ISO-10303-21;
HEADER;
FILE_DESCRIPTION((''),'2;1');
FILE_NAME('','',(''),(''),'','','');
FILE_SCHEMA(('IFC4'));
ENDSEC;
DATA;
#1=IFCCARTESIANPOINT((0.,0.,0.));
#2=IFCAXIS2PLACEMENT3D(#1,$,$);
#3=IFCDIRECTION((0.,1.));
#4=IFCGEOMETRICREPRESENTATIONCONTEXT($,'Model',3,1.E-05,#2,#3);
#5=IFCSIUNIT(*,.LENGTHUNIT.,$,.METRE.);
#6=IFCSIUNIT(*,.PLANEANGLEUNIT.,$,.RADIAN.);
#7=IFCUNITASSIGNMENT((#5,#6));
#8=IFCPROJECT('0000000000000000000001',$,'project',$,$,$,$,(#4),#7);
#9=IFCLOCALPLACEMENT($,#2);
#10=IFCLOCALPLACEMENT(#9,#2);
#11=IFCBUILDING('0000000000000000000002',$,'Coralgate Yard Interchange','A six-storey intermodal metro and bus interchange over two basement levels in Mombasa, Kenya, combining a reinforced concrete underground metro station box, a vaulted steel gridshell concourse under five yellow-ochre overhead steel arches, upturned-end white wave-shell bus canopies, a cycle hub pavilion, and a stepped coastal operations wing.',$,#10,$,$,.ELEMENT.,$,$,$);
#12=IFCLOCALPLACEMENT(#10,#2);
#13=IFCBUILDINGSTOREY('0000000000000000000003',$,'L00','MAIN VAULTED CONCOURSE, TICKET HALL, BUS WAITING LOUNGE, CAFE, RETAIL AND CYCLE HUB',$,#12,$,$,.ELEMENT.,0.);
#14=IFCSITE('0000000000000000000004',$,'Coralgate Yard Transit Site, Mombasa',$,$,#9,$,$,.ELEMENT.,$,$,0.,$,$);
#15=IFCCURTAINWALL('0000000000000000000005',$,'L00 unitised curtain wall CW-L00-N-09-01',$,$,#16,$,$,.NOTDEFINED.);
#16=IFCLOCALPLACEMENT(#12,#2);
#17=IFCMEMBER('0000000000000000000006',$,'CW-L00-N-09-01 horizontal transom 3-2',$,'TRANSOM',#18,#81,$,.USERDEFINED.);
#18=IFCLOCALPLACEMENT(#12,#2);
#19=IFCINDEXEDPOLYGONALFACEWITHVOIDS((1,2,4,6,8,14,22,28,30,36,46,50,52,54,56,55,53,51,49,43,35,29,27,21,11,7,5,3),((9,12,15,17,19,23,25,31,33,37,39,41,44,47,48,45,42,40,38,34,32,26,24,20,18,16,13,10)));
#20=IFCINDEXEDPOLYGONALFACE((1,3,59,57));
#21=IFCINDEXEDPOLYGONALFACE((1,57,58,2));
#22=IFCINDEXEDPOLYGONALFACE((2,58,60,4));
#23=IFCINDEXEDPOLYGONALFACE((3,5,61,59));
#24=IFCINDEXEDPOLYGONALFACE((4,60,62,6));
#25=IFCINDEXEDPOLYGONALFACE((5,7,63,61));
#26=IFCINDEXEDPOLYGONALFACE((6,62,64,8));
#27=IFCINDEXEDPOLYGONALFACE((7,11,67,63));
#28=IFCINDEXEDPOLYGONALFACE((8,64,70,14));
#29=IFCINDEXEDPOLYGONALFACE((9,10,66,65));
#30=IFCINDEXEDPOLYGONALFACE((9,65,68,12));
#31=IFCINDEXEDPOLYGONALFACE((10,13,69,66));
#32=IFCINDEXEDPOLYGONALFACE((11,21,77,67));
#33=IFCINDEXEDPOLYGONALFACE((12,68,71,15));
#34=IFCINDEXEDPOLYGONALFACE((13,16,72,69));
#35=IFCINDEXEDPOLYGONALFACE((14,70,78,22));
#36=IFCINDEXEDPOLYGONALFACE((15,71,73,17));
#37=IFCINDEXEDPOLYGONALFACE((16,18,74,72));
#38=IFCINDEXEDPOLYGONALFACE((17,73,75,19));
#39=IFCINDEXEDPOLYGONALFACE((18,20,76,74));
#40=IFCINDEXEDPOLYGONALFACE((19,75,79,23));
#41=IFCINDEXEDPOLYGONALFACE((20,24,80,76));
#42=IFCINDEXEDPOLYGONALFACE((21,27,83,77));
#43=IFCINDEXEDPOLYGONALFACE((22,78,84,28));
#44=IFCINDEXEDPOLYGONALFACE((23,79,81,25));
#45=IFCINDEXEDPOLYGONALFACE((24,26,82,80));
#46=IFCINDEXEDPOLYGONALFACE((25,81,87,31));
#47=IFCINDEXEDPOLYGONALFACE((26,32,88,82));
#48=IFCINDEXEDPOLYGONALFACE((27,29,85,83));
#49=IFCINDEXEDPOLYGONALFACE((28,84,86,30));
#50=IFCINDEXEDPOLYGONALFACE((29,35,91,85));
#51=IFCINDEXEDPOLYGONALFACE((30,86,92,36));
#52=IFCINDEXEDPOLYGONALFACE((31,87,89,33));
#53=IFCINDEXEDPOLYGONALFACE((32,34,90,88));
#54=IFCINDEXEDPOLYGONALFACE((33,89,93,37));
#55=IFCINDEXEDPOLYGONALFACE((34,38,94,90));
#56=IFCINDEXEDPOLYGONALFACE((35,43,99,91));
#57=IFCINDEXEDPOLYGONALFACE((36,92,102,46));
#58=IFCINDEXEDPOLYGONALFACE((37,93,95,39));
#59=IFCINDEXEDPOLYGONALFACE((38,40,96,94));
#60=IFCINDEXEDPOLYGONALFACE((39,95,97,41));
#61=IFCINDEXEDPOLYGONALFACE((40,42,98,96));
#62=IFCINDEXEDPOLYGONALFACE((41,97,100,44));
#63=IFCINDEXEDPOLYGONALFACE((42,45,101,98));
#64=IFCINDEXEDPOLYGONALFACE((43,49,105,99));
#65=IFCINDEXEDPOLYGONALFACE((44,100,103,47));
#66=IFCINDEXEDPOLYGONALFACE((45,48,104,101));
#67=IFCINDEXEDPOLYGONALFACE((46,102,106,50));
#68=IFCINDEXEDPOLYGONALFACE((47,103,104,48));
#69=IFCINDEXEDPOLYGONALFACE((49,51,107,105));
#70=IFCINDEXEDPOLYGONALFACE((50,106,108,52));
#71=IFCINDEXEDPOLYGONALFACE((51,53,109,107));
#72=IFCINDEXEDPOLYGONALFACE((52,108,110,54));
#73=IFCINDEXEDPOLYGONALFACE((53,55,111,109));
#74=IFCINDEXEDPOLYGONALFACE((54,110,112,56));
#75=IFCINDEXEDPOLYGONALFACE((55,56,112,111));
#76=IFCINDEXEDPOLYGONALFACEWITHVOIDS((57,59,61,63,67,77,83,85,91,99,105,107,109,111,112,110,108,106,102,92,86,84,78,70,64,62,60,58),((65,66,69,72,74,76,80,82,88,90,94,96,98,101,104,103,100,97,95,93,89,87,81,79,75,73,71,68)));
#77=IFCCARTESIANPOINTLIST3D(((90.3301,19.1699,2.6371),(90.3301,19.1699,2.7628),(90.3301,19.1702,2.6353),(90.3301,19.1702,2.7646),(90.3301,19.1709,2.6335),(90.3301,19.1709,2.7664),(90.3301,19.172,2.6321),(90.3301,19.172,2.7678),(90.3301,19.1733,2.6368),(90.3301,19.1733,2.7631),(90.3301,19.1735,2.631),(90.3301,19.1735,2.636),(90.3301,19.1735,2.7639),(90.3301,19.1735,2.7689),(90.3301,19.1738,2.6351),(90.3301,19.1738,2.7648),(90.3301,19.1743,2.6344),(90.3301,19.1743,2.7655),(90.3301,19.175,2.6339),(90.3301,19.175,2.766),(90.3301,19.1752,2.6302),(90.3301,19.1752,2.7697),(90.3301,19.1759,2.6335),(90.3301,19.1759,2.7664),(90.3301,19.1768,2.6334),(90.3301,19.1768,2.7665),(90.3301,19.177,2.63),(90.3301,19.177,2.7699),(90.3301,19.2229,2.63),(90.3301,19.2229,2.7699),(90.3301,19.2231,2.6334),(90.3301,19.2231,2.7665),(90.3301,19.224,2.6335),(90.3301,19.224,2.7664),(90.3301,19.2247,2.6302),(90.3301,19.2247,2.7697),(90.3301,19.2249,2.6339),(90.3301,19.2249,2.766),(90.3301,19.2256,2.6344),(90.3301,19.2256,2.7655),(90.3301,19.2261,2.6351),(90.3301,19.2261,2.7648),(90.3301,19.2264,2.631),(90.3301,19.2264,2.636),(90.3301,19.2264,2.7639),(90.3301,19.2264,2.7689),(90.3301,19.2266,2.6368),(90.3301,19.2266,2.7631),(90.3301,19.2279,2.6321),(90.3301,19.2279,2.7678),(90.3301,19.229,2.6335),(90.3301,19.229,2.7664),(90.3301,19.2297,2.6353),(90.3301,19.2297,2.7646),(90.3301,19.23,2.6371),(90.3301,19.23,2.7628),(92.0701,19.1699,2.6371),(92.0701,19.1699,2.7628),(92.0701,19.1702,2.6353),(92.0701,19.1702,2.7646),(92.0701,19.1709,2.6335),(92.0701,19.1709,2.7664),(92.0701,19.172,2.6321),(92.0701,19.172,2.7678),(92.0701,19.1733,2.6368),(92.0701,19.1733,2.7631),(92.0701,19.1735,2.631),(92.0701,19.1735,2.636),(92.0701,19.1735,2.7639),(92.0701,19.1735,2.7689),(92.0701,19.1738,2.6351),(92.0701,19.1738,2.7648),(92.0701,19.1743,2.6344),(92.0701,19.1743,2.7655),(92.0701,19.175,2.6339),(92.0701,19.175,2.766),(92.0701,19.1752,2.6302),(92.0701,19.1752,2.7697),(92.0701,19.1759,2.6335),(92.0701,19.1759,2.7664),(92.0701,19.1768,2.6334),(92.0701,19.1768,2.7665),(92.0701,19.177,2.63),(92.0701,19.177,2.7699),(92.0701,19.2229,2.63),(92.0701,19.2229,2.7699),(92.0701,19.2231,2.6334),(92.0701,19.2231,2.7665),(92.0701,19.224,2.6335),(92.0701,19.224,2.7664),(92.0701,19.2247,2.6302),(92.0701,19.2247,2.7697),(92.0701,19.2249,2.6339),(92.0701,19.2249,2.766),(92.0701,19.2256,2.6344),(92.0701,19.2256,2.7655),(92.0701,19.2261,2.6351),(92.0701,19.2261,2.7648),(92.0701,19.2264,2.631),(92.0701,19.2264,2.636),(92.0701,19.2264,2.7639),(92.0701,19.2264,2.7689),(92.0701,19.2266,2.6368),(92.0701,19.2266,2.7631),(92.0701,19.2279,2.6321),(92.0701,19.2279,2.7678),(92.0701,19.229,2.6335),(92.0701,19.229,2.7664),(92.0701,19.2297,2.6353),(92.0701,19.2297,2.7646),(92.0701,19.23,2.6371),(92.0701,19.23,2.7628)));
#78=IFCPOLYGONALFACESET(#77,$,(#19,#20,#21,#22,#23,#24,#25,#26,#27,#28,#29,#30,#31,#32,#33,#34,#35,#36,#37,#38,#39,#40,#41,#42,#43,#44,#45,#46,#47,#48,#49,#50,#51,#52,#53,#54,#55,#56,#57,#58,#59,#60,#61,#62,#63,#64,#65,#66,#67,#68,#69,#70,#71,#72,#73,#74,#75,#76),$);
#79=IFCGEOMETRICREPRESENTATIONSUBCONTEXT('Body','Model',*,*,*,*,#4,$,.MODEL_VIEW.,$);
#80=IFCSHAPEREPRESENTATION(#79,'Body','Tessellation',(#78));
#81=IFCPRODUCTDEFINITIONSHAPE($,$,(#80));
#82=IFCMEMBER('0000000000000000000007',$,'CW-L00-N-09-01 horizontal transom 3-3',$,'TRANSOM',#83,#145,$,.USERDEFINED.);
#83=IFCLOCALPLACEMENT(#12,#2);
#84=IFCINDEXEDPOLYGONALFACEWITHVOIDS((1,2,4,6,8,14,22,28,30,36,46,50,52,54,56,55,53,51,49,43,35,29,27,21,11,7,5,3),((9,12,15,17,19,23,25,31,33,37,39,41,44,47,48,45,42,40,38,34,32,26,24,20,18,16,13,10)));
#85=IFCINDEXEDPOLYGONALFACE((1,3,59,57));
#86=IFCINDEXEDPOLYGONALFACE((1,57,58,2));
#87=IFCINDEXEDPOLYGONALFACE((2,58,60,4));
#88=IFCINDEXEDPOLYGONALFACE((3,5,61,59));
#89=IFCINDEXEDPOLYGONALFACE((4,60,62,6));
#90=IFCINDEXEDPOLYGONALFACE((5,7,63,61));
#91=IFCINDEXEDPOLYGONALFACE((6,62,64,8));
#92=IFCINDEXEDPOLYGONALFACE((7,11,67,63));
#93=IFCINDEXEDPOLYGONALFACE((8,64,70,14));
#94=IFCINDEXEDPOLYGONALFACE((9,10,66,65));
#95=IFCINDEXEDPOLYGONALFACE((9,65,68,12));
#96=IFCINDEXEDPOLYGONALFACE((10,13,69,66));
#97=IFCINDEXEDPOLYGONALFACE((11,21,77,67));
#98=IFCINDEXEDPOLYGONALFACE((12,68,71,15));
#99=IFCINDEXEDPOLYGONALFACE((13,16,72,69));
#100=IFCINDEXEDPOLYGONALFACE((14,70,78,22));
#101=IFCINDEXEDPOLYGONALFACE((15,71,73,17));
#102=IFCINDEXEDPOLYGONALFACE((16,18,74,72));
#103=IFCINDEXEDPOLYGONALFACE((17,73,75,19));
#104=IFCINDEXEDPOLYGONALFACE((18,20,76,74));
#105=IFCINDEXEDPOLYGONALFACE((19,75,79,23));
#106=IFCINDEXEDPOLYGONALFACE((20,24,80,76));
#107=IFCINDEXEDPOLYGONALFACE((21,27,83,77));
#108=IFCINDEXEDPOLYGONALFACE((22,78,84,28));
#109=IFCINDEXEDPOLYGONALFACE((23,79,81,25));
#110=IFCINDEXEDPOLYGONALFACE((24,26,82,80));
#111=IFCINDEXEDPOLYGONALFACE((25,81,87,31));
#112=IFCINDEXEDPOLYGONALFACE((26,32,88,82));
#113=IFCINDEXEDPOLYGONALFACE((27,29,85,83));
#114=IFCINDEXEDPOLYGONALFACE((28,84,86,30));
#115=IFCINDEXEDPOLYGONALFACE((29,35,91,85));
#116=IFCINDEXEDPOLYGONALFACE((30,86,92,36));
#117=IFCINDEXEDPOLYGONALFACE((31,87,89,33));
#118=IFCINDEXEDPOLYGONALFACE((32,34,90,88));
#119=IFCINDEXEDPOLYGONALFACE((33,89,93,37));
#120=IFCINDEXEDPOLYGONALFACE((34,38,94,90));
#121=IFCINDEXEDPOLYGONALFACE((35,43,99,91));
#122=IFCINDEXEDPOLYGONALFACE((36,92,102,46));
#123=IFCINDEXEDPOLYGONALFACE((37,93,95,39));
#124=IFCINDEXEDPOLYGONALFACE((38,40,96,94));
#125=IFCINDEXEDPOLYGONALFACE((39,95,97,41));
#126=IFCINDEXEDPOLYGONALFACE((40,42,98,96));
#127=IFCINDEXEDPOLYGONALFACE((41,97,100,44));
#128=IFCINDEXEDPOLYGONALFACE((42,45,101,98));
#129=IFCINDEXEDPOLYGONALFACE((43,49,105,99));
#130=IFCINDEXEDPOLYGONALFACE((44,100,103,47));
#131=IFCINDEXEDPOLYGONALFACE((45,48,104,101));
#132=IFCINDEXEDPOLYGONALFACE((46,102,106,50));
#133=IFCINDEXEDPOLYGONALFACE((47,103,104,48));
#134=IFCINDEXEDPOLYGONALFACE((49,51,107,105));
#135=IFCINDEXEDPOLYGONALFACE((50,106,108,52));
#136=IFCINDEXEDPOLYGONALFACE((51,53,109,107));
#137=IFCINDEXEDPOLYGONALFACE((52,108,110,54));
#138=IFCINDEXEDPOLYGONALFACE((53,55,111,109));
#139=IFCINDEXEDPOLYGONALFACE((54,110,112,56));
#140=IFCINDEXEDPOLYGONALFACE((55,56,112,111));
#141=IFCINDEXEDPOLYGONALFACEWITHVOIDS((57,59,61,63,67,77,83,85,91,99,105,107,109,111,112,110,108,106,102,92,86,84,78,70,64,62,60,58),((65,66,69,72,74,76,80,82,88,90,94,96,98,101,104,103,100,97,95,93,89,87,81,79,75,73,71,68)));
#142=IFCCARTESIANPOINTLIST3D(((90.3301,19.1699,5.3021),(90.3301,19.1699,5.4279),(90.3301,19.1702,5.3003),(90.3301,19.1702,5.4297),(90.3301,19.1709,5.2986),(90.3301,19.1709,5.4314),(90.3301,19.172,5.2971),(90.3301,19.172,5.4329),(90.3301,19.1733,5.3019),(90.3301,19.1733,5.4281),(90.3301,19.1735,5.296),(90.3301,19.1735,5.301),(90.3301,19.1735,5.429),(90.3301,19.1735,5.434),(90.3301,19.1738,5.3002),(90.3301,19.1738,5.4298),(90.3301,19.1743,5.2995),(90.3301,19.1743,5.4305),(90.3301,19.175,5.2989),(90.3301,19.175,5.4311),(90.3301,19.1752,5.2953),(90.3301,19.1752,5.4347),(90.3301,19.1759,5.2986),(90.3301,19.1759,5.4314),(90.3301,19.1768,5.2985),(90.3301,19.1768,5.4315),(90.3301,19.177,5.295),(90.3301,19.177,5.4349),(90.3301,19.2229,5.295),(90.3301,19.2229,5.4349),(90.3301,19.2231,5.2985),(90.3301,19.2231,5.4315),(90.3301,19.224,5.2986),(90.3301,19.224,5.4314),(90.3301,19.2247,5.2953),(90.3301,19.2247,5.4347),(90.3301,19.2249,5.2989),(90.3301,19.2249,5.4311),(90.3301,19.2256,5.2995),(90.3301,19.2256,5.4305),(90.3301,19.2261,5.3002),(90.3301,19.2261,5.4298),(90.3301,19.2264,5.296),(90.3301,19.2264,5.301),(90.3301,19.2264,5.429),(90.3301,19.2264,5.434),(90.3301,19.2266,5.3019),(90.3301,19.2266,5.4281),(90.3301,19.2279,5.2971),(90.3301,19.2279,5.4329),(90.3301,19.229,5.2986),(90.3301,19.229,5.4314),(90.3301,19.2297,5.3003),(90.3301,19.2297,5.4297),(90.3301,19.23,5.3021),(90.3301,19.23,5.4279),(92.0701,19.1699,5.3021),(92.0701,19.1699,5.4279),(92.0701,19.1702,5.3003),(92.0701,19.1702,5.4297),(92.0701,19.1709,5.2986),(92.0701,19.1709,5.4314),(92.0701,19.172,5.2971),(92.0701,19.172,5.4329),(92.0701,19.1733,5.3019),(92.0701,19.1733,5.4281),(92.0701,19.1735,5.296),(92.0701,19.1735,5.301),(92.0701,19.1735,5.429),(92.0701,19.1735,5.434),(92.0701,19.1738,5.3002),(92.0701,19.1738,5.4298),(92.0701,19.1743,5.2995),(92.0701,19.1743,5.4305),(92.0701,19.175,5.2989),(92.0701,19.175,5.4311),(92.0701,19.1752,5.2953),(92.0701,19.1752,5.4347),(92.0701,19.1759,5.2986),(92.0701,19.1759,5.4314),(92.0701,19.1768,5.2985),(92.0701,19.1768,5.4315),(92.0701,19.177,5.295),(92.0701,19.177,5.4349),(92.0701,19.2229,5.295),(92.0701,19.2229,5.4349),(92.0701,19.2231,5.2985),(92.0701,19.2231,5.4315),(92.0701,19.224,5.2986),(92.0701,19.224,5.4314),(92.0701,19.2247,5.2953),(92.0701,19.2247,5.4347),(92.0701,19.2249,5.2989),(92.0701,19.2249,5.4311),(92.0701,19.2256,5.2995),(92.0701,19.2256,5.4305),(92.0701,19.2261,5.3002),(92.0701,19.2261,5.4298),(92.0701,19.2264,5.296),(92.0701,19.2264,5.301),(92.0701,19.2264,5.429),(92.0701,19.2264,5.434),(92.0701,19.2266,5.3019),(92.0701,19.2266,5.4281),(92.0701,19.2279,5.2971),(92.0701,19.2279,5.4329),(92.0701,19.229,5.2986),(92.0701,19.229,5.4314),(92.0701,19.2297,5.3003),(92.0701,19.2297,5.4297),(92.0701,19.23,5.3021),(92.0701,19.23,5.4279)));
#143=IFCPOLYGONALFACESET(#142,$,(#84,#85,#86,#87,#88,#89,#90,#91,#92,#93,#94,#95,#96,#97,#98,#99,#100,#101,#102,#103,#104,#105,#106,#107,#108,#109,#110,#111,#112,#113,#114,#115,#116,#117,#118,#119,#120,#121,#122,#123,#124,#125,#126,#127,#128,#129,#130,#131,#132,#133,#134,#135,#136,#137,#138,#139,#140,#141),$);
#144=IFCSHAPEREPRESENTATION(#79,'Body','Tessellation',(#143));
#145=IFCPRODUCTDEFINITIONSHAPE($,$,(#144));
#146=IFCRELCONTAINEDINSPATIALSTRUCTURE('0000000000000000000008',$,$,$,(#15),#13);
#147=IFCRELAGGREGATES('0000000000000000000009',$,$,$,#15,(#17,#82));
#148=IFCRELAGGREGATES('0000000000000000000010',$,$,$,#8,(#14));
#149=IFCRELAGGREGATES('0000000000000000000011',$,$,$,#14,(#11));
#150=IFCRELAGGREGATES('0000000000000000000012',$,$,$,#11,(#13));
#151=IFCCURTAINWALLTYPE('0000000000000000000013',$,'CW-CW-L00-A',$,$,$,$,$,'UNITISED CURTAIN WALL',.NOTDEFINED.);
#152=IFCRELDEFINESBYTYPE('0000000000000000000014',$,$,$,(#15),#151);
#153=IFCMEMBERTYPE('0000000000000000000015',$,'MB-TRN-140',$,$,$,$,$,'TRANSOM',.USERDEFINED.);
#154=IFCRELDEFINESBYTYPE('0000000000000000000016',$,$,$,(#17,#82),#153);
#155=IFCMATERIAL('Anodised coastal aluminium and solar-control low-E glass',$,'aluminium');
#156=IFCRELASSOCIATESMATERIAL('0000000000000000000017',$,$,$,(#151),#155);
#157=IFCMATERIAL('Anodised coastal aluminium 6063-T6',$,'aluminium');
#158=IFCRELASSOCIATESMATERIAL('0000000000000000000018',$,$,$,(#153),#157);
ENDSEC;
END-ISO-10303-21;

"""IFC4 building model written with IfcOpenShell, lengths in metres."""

from ifc_helpers import new_model, si_unit, direction, frame, origin, origin_2d, place, context, subcontext, project, spatial, hollow_rectangle, extrude, material, material_profile, profile_set, type_object, element, aggregate, save


model = new_model("IFC4")

# Units and contexts
model_context = context("Model", 3, precision=1e-05, world=origin(), true_north=direction((0.0, 1.0)))
body_context = subcontext(model_context, "Body", "Model", "MODEL_VIEW")
ifc_project = project(units=[si_unit("LENGTHUNIT", "METRE"), si_unit("PLANEANGLEUNIT", "RADIAN")], contexts=[model_context])

# Site, building, storey
site_placement = place(None, origin())
site = spatial("IfcSite", under=ifc_project, at=site_placement, Name="Coralgate Yard Transit Site, Mombasa", CompositionType="ELEMENT", RefElevation=0.0)
building_placement = place(site_placement, origin())
building = spatial("IfcBuilding", under=site, at=building_placement, Name="Coralgate Yard Interchange", Description="A six-storey intermodal metro and bus interchange over two basement levels in Mombasa, Kenya, combining a reinforced concrete underground metro station box, a vaulted steel gridshell concourse under five yellow-ochre overhead steel arches, upturned-end white wave-shell bus canopies, a cycle hub pavilion, and a stepped coastal operations wing.", CompositionType="ELEMENT")
storey_placement = place(building_placement, origin())
storey = spatial("IfcBuildingStorey", under=building, at=storey_placement, Name="L00", Description="MAIN VAULTED CONCOURSE, TICKET HALL, BUS WAITING LOUNGE, CAFE, RETAIL AND CYCLE HUB", CompositionType="ELEMENT", Elevation=0.0)

# Curtain wall, members
ifc_material_1 = material(Name="Anodised coastal aluminium and solar-control low-E glass", Category="aluminium")
curtain_wall_type = type_object("IfcCurtainWallType", Name="CW-CW-L00-A", ElementType="UNITISED CURTAIN WALL", PredefinedType="NOTDEFINED", material=ifc_material_1)
curtain_wall_placement = place(storey_placement, origin())
curtain_wall = element("IfcCurtainWall", 1, at=curtain_wall_placement, inside=storey, type_object=curtain_wall_type, Name="L00 unitised curtain wall CW-L00-N-09-01", PredefinedType="NOTDEFINED")
ifc_material_2 = material(Name="Anodised coastal aluminium 6063-T6", Category="aluminium")
ifc_material_profile_1 = material_profile(ifc_material_2, hollow_rectangle(XDim=0.0601, YDim=0.1399, WallThickness=0.0034, InnerFilletRadius=0.0034, OuterFilletRadius=0.0071, at=origin_2d()), Name="ALU 60x140x3.5")
ifc_profile_set_1 = profile_set([ifc_material_profile_1], Name="Anodised coastal aluminium 6063-T6")
member_type_1 = type_object("IfcMemberType", Name="MB-TRN-140", ElementType="TRANSOM", PredefinedType="USERDEFINED", material=ifc_profile_set_1)
member_1_placement = place(storey_placement, frame((90.3301, 19.2, 2.7), z_axis=(1.0, 0.0, 0.0), x_axis=(0.0, 1.0, 0.0)))
member_1 = element("IfcMember", 2, at=member_1_placement, type_object=member_type_1, Name="CW-L00-N-09-01 horizontal transom 3-2", ObjectType="TRANSOM", PredefinedType="USERDEFINED", context=body_context, shape_type="SweptSolid", body=[
    extrude(hollow_rectangle(XDim=0.0601, YDim=0.1399, WallThickness=0.0034, InnerFilletRadius=0.0034, OuterFilletRadius=0.0071, at=origin_2d()), origin(), (0.0, 0.0, 1.0), 1.74),
])
member_2_placement = place(storey_placement, frame((90.3301, 19.2, 5.365), z_axis=(1.0, 0.0, 0.0), x_axis=(0.0, 1.0, 0.0)))
member_2 = element("IfcMember", 3, at=member_2_placement, type_object=member_type_1, Name="CW-L00-N-09-01 horizontal transom 3-3", ObjectType="TRANSOM", PredefinedType="USERDEFINED", context=body_context, shape_type="SweptSolid", body=[
    extrude(hollow_rectangle(XDim=0.0601, YDim=0.1399, WallThickness=0.0034, InnerFilletRadius=0.0034, OuterFilletRadius=0.0071, at=origin_2d()), origin(), (0.0, 0.0, 1.0), 1.74),
])
aggregate(curtain_wall, [member_1, member_2])

save(model, "model.ifc")
